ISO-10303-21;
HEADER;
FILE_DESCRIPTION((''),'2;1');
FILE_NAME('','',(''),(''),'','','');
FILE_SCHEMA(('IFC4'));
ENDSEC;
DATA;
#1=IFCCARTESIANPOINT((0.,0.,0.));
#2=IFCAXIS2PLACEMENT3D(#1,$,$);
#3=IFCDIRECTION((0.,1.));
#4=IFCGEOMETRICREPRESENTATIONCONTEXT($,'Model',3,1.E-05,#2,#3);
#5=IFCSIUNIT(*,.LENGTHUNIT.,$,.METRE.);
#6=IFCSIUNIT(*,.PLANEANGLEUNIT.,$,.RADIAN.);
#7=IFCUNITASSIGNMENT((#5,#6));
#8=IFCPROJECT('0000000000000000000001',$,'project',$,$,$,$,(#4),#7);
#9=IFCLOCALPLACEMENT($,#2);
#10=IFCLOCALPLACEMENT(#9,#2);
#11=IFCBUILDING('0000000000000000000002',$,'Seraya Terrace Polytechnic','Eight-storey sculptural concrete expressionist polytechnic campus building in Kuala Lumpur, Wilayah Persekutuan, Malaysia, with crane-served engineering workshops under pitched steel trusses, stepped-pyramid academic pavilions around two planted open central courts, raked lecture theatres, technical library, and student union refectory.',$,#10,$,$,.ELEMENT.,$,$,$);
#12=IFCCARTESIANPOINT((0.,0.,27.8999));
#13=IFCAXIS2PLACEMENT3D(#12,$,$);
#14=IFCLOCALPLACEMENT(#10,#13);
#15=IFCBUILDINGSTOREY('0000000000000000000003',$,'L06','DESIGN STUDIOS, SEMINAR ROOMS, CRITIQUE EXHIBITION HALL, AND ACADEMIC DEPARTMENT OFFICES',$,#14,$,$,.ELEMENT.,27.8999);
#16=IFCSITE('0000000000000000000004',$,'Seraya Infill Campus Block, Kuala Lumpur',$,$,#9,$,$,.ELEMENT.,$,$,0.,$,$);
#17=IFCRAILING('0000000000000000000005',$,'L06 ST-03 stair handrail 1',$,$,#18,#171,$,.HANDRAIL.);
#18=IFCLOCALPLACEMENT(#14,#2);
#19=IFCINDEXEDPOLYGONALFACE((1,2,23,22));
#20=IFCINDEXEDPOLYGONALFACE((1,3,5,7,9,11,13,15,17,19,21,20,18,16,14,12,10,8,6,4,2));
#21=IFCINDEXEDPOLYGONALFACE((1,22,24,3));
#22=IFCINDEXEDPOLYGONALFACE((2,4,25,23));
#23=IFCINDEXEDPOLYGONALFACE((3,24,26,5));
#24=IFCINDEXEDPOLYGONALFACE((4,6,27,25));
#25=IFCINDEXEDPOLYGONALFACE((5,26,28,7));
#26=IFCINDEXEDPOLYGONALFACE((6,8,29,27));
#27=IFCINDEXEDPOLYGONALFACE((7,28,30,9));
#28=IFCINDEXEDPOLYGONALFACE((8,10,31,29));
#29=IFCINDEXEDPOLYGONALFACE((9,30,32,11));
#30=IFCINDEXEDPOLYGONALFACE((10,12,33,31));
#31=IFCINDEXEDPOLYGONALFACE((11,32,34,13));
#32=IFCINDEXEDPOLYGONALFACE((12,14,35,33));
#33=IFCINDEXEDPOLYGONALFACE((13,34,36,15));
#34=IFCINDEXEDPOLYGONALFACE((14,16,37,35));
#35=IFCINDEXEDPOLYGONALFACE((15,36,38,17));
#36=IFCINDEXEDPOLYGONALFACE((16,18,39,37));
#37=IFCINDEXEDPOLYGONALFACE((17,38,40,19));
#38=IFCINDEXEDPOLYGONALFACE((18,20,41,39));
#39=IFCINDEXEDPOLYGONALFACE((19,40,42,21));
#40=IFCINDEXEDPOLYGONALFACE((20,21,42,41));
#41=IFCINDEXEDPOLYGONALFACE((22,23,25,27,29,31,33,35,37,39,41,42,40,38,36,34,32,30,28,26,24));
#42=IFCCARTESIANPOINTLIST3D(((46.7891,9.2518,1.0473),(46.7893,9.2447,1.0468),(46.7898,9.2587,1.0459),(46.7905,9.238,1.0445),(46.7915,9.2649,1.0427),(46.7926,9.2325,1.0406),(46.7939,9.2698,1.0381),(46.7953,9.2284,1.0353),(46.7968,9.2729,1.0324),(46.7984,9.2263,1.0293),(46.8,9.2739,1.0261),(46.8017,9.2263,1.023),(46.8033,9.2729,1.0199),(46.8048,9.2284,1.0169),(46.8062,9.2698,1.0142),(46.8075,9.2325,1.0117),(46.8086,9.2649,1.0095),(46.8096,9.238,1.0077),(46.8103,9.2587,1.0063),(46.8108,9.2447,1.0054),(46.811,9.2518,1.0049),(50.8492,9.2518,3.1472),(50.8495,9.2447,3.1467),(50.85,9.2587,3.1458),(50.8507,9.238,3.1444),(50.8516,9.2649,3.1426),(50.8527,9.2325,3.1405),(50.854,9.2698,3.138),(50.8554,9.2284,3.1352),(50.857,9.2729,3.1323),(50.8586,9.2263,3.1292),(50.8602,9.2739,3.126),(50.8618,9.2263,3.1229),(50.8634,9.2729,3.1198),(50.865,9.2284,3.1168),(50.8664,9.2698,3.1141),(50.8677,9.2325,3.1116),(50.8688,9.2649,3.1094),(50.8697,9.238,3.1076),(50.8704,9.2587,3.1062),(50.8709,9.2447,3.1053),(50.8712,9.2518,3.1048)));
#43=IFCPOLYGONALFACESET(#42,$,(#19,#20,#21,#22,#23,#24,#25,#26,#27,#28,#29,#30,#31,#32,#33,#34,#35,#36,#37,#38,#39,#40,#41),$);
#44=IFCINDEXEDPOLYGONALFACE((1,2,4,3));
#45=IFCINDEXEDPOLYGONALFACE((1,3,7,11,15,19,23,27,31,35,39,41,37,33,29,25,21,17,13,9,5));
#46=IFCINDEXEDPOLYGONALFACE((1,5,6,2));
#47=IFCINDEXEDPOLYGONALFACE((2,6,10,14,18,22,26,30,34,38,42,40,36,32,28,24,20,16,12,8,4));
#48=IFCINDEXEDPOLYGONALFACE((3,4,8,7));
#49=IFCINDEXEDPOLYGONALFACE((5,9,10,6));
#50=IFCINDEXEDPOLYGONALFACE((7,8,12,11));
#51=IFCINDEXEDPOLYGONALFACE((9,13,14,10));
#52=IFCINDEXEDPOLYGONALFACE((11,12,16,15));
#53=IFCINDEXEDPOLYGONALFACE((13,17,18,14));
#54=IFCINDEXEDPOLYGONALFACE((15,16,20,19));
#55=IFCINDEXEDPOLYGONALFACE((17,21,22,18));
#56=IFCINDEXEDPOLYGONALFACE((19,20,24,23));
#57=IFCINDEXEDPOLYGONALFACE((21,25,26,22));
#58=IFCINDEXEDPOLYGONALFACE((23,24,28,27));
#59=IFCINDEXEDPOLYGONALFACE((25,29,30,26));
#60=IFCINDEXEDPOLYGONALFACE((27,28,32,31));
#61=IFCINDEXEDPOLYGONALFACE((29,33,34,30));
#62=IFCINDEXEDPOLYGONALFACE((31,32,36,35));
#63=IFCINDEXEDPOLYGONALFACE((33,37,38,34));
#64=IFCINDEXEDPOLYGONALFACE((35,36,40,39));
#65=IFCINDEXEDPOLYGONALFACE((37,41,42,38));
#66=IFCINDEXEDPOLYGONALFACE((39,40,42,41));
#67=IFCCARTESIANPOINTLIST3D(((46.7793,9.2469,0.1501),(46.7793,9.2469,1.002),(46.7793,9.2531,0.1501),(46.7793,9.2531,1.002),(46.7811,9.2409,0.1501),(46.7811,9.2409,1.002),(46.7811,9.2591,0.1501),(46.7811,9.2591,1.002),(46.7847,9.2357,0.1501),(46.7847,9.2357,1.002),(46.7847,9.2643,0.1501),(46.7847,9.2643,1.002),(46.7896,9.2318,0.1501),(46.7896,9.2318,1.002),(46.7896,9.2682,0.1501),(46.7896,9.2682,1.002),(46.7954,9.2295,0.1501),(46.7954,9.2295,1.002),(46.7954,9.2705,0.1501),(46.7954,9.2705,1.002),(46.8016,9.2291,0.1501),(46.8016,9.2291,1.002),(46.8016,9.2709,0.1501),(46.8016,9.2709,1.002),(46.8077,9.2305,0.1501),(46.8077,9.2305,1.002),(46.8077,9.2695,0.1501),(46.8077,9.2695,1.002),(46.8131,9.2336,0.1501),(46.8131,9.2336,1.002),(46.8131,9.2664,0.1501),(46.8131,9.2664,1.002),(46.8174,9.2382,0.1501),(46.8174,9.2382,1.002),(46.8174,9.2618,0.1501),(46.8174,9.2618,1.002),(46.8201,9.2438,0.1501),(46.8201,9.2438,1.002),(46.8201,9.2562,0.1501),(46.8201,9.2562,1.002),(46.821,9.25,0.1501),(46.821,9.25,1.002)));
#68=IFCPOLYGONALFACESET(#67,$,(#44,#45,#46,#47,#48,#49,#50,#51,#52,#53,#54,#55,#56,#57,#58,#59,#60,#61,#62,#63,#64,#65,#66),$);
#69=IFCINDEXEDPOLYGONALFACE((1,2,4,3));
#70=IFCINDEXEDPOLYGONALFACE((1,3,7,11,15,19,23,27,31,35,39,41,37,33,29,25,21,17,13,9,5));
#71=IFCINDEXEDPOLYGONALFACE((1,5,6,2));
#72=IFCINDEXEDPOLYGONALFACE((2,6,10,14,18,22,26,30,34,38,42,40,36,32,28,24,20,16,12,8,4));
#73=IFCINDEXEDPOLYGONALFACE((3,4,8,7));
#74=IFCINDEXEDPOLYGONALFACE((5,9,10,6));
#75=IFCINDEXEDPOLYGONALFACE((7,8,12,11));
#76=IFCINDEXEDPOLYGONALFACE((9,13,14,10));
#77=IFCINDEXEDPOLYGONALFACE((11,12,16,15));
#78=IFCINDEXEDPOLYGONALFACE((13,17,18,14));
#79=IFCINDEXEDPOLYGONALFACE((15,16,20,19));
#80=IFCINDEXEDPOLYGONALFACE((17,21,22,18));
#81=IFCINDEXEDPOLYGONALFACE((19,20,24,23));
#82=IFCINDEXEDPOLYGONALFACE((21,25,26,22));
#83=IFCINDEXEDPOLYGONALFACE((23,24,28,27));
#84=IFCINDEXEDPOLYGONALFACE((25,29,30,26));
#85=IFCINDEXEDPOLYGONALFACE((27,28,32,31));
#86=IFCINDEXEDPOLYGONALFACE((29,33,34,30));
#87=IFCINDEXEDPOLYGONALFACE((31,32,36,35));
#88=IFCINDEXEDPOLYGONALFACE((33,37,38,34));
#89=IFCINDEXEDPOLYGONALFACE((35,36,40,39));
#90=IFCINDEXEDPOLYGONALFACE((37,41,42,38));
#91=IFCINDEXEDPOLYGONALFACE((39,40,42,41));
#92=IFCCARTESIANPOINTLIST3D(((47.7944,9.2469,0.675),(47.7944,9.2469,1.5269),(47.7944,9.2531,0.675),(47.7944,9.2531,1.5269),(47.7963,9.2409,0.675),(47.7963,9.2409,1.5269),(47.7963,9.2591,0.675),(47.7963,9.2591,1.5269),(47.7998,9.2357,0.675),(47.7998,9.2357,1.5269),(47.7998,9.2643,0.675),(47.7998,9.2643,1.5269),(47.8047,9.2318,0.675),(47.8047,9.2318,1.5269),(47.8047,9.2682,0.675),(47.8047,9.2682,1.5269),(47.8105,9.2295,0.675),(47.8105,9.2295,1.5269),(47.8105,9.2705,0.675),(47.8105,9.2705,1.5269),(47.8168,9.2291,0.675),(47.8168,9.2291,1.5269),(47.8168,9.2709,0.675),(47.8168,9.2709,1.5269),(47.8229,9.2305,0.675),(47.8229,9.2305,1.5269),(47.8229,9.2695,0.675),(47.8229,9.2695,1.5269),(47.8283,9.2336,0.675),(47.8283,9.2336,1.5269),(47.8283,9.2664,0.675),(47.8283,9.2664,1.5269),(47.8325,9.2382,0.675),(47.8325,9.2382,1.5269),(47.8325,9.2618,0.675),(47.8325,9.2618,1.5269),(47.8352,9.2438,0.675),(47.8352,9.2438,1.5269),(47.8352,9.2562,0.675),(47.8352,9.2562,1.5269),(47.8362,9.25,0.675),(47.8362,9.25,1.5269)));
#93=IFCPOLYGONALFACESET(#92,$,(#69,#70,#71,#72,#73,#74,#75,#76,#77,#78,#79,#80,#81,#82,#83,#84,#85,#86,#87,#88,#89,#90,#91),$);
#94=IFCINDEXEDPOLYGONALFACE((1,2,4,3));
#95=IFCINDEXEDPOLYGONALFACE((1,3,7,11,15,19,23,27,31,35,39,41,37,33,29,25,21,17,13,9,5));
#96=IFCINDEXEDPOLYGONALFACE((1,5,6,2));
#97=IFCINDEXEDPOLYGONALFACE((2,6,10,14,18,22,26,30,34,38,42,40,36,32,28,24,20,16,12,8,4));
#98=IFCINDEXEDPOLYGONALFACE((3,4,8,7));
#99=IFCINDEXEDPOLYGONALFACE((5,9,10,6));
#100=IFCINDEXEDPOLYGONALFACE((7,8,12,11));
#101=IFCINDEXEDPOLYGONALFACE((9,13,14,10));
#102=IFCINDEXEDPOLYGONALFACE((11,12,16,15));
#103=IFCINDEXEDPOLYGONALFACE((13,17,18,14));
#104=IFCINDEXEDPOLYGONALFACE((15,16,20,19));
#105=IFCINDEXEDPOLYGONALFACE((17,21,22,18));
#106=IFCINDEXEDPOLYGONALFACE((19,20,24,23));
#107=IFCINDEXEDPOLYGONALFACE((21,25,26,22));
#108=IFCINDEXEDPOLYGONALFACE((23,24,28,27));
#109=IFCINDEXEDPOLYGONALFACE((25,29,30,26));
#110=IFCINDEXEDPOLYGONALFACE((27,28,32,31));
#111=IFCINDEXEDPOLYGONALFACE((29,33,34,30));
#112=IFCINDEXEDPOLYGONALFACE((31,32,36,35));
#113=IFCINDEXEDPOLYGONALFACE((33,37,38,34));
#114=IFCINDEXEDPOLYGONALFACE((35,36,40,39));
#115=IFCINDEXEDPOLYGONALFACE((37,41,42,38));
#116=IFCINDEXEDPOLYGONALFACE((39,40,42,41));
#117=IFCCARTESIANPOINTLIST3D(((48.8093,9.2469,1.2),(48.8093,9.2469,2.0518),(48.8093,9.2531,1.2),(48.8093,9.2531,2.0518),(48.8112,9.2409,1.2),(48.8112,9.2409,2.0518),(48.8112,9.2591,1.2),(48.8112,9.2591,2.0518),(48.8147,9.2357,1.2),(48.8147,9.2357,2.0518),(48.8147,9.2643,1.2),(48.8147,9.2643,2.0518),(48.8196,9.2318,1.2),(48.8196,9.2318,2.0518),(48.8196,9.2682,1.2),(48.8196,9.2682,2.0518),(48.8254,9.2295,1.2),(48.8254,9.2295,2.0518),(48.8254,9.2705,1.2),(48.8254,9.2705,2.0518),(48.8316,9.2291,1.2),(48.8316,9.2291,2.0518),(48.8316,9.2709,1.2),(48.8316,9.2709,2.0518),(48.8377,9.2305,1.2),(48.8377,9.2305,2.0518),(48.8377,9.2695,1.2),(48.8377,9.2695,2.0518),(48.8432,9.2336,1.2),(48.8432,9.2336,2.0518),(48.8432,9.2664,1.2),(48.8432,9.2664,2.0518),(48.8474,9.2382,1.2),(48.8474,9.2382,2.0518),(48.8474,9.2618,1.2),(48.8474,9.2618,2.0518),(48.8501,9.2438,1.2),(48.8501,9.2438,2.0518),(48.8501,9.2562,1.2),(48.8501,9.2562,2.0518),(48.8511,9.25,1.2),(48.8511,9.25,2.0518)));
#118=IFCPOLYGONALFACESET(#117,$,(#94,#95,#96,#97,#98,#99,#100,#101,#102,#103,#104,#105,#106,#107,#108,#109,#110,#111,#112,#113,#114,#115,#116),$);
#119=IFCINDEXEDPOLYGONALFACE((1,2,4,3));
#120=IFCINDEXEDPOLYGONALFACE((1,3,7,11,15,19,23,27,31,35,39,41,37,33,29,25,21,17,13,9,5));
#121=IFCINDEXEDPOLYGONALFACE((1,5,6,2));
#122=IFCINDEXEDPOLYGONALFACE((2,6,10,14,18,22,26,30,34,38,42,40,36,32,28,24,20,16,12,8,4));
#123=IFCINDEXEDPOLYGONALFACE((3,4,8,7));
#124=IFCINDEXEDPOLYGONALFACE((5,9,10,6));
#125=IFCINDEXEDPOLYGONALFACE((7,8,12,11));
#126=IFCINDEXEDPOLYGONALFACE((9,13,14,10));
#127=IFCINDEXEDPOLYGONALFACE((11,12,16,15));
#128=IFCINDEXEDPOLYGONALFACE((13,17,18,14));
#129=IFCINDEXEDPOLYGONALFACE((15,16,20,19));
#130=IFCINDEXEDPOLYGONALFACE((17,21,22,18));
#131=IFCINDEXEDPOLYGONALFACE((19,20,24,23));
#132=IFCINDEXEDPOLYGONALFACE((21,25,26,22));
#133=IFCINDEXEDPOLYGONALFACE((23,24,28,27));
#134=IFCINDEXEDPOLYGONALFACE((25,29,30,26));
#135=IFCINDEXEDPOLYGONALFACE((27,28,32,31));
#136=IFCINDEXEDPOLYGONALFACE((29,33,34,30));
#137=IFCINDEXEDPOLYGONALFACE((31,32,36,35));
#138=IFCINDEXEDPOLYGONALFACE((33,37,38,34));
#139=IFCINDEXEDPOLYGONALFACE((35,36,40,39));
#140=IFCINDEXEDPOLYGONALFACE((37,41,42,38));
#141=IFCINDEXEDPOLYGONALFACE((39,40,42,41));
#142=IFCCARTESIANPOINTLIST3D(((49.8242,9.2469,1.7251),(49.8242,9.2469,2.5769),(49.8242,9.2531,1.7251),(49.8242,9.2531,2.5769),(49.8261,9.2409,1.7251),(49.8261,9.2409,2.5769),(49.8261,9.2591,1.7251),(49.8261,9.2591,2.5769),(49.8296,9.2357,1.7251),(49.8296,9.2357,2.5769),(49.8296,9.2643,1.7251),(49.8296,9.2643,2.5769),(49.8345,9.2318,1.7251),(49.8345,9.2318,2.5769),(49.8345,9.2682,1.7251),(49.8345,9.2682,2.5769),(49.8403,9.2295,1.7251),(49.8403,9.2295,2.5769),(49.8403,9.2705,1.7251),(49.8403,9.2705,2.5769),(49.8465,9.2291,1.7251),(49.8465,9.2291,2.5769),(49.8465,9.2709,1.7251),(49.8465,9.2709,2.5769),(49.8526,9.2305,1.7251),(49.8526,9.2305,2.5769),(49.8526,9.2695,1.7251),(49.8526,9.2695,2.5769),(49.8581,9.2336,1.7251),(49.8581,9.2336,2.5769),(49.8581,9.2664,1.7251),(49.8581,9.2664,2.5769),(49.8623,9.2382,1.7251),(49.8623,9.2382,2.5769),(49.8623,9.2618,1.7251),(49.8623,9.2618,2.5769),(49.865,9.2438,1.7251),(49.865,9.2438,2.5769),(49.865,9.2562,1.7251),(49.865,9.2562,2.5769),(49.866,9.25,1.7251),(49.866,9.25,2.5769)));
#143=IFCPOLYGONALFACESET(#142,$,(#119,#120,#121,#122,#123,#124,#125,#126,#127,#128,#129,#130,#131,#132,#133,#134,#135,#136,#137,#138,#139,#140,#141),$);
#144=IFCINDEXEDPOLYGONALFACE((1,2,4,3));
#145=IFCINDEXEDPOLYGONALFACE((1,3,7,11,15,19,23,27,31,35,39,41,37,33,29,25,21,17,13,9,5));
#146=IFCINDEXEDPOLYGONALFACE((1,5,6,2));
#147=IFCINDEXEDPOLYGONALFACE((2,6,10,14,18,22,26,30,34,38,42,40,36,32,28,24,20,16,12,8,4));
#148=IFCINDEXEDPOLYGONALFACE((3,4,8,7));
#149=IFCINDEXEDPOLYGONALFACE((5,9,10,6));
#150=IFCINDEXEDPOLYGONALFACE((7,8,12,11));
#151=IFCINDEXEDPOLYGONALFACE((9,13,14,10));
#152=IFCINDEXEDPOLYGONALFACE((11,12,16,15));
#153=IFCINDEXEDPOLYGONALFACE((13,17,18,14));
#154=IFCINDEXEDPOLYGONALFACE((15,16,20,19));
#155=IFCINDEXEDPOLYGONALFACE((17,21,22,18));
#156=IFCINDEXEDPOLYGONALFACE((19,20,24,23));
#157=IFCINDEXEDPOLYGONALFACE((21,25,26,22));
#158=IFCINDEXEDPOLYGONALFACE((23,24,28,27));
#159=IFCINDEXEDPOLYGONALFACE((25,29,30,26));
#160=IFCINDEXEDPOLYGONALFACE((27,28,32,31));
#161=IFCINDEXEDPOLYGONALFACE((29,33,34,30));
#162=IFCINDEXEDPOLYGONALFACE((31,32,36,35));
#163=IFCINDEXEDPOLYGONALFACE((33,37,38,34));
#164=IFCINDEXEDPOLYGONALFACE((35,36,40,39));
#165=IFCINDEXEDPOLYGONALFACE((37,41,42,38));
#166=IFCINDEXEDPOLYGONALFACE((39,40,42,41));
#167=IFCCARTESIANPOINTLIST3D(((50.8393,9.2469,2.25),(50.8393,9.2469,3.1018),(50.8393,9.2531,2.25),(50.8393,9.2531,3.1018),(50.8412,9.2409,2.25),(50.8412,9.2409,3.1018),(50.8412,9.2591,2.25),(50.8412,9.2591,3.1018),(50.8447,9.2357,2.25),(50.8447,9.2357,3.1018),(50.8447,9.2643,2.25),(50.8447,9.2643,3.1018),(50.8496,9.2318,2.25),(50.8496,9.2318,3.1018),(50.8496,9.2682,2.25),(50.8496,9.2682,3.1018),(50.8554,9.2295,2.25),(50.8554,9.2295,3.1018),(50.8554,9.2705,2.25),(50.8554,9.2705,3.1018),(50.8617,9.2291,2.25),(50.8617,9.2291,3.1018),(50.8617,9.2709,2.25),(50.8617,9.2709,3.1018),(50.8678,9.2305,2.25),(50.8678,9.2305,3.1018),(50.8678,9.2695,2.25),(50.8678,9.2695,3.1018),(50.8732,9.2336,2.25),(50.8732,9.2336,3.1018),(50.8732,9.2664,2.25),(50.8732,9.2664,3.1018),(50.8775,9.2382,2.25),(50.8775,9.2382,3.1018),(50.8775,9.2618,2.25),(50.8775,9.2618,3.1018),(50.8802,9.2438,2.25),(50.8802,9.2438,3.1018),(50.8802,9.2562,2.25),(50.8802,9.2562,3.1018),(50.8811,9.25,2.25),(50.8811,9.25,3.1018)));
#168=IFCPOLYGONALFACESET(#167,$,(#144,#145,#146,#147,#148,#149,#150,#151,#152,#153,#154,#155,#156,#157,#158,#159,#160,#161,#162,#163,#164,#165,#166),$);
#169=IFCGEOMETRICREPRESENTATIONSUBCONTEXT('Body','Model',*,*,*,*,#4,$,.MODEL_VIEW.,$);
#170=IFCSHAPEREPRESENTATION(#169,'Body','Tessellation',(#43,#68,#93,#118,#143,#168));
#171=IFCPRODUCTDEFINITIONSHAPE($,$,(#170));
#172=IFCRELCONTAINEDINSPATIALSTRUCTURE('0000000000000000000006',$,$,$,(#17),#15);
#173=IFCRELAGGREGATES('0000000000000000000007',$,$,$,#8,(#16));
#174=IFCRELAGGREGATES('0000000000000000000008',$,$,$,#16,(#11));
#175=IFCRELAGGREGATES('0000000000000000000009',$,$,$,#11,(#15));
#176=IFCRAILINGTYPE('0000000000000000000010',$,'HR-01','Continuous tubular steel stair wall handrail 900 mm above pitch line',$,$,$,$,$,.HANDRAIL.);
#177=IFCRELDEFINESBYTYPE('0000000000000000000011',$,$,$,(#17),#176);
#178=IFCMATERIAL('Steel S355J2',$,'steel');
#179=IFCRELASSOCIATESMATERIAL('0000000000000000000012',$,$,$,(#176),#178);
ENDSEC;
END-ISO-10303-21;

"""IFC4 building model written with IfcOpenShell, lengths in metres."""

from ifc_helpers import new_model, si_unit, direction, frame, origin, origin_2d, place, context, subcontext, project, spatial, circle, extrude, material, type_object, element, save


model = new_model("IFC4")

# Units and contexts
model_context = context("Model", 3, precision=1e-05, world=origin(), true_north=direction((0.0, 1.0)))
body_context = subcontext(model_context, "Body", "Model", "MODEL_VIEW")
ifc_project = project(units=[si_unit("LENGTHUNIT", "METRE"), si_unit("PLANEANGLEUNIT", "RADIAN")], contexts=[model_context])

# Site, building, storey
site_placement = place(None, origin())
site = spatial("IfcSite", under=ifc_project, at=site_placement, Name="Seraya Infill Campus Block, Kuala Lumpur", CompositionType="ELEMENT", RefElevation=0.0)
building_placement = place(site_placement, origin())
building = spatial("IfcBuilding", under=site, at=building_placement, Name="Seraya Terrace Polytechnic", Description="Eight-storey sculptural concrete expressionist polytechnic campus building in Kuala Lumpur, Wilayah Persekutuan, Malaysia, with crane-served engineering workshops under pitched steel trusses, stepped-pyramid academic pavilions around two planted open central courts, raked lecture theatres, technical library, and student union refectory.", CompositionType="ELEMENT")
storey_placement = place(building_placement, frame((0.0, 0.0, 27.8999)))
storey = spatial("IfcBuildingStorey", under=building, at=storey_placement, Name="L06", Description="DESIGN STUDIOS, SEMINAR ROOMS, CRITIQUE EXHIBITION HALL, AND ACADEMIC DEPARTMENT OFFICES", CompositionType="ELEMENT", Elevation=27.8999)

# Shared definitions
ifc_material_1 = material(Name="Steel S355J2", Category="steel")

# Railing
railing_type_1 = type_object("IfcRailingType", Name="HR-01", Description="Continuous tubular steel stair wall handrail 900 mm above pitch line", PredefinedType="HANDRAIL", material=ifc_material_1)
railing_1_placement = place(storey_placement, frame((46.8, 9.25, 0.1501)))
element("IfcRailing", 1, at=railing_1_placement, inside=storey, type_object=railing_type_1, Name="L06 ST-03 stair handrail 1", PredefinedType="HANDRAIL", context=body_context, shape_type="SweptSolid", body=[
    extrude(circle(Radius=0.0239, at=origin_2d()), frame((0.0, 0.0, 0.876), z_axis=(0.888233, 0.0, 0.459392), x_axis=(0.0, 1.0, 0.0)), (0.0, 0.0, 1.0), 4.571),
    extrude(circle(Radius=0.021, at=origin_2d()), origin(), (0.0, 0.0, 1.0), 0.8518),
    extrude(circle(Radius=0.021, at=origin_2d()), frame((1.0151, 0.0, 0.5249)), (0.0, 0.0, 1.0), 0.8518),
    extrude(circle(Radius=0.021, at=origin_2d()), frame((2.03, 0.0, 1.0498)), (0.0, 0.0, 1.0), 0.8518),
    extrude(circle(Radius=0.021, at=origin_2d()), frame((3.0449, 0.0, 1.575)), (0.0, 0.0, 1.0), 0.8518),
    extrude(circle(Radius=0.021, at=origin_2d()), frame((4.0601, 0.0, 2.0999)), (0.0, 0.0, 1.0), 0.8518),
])

save(model, "model.ifc")
